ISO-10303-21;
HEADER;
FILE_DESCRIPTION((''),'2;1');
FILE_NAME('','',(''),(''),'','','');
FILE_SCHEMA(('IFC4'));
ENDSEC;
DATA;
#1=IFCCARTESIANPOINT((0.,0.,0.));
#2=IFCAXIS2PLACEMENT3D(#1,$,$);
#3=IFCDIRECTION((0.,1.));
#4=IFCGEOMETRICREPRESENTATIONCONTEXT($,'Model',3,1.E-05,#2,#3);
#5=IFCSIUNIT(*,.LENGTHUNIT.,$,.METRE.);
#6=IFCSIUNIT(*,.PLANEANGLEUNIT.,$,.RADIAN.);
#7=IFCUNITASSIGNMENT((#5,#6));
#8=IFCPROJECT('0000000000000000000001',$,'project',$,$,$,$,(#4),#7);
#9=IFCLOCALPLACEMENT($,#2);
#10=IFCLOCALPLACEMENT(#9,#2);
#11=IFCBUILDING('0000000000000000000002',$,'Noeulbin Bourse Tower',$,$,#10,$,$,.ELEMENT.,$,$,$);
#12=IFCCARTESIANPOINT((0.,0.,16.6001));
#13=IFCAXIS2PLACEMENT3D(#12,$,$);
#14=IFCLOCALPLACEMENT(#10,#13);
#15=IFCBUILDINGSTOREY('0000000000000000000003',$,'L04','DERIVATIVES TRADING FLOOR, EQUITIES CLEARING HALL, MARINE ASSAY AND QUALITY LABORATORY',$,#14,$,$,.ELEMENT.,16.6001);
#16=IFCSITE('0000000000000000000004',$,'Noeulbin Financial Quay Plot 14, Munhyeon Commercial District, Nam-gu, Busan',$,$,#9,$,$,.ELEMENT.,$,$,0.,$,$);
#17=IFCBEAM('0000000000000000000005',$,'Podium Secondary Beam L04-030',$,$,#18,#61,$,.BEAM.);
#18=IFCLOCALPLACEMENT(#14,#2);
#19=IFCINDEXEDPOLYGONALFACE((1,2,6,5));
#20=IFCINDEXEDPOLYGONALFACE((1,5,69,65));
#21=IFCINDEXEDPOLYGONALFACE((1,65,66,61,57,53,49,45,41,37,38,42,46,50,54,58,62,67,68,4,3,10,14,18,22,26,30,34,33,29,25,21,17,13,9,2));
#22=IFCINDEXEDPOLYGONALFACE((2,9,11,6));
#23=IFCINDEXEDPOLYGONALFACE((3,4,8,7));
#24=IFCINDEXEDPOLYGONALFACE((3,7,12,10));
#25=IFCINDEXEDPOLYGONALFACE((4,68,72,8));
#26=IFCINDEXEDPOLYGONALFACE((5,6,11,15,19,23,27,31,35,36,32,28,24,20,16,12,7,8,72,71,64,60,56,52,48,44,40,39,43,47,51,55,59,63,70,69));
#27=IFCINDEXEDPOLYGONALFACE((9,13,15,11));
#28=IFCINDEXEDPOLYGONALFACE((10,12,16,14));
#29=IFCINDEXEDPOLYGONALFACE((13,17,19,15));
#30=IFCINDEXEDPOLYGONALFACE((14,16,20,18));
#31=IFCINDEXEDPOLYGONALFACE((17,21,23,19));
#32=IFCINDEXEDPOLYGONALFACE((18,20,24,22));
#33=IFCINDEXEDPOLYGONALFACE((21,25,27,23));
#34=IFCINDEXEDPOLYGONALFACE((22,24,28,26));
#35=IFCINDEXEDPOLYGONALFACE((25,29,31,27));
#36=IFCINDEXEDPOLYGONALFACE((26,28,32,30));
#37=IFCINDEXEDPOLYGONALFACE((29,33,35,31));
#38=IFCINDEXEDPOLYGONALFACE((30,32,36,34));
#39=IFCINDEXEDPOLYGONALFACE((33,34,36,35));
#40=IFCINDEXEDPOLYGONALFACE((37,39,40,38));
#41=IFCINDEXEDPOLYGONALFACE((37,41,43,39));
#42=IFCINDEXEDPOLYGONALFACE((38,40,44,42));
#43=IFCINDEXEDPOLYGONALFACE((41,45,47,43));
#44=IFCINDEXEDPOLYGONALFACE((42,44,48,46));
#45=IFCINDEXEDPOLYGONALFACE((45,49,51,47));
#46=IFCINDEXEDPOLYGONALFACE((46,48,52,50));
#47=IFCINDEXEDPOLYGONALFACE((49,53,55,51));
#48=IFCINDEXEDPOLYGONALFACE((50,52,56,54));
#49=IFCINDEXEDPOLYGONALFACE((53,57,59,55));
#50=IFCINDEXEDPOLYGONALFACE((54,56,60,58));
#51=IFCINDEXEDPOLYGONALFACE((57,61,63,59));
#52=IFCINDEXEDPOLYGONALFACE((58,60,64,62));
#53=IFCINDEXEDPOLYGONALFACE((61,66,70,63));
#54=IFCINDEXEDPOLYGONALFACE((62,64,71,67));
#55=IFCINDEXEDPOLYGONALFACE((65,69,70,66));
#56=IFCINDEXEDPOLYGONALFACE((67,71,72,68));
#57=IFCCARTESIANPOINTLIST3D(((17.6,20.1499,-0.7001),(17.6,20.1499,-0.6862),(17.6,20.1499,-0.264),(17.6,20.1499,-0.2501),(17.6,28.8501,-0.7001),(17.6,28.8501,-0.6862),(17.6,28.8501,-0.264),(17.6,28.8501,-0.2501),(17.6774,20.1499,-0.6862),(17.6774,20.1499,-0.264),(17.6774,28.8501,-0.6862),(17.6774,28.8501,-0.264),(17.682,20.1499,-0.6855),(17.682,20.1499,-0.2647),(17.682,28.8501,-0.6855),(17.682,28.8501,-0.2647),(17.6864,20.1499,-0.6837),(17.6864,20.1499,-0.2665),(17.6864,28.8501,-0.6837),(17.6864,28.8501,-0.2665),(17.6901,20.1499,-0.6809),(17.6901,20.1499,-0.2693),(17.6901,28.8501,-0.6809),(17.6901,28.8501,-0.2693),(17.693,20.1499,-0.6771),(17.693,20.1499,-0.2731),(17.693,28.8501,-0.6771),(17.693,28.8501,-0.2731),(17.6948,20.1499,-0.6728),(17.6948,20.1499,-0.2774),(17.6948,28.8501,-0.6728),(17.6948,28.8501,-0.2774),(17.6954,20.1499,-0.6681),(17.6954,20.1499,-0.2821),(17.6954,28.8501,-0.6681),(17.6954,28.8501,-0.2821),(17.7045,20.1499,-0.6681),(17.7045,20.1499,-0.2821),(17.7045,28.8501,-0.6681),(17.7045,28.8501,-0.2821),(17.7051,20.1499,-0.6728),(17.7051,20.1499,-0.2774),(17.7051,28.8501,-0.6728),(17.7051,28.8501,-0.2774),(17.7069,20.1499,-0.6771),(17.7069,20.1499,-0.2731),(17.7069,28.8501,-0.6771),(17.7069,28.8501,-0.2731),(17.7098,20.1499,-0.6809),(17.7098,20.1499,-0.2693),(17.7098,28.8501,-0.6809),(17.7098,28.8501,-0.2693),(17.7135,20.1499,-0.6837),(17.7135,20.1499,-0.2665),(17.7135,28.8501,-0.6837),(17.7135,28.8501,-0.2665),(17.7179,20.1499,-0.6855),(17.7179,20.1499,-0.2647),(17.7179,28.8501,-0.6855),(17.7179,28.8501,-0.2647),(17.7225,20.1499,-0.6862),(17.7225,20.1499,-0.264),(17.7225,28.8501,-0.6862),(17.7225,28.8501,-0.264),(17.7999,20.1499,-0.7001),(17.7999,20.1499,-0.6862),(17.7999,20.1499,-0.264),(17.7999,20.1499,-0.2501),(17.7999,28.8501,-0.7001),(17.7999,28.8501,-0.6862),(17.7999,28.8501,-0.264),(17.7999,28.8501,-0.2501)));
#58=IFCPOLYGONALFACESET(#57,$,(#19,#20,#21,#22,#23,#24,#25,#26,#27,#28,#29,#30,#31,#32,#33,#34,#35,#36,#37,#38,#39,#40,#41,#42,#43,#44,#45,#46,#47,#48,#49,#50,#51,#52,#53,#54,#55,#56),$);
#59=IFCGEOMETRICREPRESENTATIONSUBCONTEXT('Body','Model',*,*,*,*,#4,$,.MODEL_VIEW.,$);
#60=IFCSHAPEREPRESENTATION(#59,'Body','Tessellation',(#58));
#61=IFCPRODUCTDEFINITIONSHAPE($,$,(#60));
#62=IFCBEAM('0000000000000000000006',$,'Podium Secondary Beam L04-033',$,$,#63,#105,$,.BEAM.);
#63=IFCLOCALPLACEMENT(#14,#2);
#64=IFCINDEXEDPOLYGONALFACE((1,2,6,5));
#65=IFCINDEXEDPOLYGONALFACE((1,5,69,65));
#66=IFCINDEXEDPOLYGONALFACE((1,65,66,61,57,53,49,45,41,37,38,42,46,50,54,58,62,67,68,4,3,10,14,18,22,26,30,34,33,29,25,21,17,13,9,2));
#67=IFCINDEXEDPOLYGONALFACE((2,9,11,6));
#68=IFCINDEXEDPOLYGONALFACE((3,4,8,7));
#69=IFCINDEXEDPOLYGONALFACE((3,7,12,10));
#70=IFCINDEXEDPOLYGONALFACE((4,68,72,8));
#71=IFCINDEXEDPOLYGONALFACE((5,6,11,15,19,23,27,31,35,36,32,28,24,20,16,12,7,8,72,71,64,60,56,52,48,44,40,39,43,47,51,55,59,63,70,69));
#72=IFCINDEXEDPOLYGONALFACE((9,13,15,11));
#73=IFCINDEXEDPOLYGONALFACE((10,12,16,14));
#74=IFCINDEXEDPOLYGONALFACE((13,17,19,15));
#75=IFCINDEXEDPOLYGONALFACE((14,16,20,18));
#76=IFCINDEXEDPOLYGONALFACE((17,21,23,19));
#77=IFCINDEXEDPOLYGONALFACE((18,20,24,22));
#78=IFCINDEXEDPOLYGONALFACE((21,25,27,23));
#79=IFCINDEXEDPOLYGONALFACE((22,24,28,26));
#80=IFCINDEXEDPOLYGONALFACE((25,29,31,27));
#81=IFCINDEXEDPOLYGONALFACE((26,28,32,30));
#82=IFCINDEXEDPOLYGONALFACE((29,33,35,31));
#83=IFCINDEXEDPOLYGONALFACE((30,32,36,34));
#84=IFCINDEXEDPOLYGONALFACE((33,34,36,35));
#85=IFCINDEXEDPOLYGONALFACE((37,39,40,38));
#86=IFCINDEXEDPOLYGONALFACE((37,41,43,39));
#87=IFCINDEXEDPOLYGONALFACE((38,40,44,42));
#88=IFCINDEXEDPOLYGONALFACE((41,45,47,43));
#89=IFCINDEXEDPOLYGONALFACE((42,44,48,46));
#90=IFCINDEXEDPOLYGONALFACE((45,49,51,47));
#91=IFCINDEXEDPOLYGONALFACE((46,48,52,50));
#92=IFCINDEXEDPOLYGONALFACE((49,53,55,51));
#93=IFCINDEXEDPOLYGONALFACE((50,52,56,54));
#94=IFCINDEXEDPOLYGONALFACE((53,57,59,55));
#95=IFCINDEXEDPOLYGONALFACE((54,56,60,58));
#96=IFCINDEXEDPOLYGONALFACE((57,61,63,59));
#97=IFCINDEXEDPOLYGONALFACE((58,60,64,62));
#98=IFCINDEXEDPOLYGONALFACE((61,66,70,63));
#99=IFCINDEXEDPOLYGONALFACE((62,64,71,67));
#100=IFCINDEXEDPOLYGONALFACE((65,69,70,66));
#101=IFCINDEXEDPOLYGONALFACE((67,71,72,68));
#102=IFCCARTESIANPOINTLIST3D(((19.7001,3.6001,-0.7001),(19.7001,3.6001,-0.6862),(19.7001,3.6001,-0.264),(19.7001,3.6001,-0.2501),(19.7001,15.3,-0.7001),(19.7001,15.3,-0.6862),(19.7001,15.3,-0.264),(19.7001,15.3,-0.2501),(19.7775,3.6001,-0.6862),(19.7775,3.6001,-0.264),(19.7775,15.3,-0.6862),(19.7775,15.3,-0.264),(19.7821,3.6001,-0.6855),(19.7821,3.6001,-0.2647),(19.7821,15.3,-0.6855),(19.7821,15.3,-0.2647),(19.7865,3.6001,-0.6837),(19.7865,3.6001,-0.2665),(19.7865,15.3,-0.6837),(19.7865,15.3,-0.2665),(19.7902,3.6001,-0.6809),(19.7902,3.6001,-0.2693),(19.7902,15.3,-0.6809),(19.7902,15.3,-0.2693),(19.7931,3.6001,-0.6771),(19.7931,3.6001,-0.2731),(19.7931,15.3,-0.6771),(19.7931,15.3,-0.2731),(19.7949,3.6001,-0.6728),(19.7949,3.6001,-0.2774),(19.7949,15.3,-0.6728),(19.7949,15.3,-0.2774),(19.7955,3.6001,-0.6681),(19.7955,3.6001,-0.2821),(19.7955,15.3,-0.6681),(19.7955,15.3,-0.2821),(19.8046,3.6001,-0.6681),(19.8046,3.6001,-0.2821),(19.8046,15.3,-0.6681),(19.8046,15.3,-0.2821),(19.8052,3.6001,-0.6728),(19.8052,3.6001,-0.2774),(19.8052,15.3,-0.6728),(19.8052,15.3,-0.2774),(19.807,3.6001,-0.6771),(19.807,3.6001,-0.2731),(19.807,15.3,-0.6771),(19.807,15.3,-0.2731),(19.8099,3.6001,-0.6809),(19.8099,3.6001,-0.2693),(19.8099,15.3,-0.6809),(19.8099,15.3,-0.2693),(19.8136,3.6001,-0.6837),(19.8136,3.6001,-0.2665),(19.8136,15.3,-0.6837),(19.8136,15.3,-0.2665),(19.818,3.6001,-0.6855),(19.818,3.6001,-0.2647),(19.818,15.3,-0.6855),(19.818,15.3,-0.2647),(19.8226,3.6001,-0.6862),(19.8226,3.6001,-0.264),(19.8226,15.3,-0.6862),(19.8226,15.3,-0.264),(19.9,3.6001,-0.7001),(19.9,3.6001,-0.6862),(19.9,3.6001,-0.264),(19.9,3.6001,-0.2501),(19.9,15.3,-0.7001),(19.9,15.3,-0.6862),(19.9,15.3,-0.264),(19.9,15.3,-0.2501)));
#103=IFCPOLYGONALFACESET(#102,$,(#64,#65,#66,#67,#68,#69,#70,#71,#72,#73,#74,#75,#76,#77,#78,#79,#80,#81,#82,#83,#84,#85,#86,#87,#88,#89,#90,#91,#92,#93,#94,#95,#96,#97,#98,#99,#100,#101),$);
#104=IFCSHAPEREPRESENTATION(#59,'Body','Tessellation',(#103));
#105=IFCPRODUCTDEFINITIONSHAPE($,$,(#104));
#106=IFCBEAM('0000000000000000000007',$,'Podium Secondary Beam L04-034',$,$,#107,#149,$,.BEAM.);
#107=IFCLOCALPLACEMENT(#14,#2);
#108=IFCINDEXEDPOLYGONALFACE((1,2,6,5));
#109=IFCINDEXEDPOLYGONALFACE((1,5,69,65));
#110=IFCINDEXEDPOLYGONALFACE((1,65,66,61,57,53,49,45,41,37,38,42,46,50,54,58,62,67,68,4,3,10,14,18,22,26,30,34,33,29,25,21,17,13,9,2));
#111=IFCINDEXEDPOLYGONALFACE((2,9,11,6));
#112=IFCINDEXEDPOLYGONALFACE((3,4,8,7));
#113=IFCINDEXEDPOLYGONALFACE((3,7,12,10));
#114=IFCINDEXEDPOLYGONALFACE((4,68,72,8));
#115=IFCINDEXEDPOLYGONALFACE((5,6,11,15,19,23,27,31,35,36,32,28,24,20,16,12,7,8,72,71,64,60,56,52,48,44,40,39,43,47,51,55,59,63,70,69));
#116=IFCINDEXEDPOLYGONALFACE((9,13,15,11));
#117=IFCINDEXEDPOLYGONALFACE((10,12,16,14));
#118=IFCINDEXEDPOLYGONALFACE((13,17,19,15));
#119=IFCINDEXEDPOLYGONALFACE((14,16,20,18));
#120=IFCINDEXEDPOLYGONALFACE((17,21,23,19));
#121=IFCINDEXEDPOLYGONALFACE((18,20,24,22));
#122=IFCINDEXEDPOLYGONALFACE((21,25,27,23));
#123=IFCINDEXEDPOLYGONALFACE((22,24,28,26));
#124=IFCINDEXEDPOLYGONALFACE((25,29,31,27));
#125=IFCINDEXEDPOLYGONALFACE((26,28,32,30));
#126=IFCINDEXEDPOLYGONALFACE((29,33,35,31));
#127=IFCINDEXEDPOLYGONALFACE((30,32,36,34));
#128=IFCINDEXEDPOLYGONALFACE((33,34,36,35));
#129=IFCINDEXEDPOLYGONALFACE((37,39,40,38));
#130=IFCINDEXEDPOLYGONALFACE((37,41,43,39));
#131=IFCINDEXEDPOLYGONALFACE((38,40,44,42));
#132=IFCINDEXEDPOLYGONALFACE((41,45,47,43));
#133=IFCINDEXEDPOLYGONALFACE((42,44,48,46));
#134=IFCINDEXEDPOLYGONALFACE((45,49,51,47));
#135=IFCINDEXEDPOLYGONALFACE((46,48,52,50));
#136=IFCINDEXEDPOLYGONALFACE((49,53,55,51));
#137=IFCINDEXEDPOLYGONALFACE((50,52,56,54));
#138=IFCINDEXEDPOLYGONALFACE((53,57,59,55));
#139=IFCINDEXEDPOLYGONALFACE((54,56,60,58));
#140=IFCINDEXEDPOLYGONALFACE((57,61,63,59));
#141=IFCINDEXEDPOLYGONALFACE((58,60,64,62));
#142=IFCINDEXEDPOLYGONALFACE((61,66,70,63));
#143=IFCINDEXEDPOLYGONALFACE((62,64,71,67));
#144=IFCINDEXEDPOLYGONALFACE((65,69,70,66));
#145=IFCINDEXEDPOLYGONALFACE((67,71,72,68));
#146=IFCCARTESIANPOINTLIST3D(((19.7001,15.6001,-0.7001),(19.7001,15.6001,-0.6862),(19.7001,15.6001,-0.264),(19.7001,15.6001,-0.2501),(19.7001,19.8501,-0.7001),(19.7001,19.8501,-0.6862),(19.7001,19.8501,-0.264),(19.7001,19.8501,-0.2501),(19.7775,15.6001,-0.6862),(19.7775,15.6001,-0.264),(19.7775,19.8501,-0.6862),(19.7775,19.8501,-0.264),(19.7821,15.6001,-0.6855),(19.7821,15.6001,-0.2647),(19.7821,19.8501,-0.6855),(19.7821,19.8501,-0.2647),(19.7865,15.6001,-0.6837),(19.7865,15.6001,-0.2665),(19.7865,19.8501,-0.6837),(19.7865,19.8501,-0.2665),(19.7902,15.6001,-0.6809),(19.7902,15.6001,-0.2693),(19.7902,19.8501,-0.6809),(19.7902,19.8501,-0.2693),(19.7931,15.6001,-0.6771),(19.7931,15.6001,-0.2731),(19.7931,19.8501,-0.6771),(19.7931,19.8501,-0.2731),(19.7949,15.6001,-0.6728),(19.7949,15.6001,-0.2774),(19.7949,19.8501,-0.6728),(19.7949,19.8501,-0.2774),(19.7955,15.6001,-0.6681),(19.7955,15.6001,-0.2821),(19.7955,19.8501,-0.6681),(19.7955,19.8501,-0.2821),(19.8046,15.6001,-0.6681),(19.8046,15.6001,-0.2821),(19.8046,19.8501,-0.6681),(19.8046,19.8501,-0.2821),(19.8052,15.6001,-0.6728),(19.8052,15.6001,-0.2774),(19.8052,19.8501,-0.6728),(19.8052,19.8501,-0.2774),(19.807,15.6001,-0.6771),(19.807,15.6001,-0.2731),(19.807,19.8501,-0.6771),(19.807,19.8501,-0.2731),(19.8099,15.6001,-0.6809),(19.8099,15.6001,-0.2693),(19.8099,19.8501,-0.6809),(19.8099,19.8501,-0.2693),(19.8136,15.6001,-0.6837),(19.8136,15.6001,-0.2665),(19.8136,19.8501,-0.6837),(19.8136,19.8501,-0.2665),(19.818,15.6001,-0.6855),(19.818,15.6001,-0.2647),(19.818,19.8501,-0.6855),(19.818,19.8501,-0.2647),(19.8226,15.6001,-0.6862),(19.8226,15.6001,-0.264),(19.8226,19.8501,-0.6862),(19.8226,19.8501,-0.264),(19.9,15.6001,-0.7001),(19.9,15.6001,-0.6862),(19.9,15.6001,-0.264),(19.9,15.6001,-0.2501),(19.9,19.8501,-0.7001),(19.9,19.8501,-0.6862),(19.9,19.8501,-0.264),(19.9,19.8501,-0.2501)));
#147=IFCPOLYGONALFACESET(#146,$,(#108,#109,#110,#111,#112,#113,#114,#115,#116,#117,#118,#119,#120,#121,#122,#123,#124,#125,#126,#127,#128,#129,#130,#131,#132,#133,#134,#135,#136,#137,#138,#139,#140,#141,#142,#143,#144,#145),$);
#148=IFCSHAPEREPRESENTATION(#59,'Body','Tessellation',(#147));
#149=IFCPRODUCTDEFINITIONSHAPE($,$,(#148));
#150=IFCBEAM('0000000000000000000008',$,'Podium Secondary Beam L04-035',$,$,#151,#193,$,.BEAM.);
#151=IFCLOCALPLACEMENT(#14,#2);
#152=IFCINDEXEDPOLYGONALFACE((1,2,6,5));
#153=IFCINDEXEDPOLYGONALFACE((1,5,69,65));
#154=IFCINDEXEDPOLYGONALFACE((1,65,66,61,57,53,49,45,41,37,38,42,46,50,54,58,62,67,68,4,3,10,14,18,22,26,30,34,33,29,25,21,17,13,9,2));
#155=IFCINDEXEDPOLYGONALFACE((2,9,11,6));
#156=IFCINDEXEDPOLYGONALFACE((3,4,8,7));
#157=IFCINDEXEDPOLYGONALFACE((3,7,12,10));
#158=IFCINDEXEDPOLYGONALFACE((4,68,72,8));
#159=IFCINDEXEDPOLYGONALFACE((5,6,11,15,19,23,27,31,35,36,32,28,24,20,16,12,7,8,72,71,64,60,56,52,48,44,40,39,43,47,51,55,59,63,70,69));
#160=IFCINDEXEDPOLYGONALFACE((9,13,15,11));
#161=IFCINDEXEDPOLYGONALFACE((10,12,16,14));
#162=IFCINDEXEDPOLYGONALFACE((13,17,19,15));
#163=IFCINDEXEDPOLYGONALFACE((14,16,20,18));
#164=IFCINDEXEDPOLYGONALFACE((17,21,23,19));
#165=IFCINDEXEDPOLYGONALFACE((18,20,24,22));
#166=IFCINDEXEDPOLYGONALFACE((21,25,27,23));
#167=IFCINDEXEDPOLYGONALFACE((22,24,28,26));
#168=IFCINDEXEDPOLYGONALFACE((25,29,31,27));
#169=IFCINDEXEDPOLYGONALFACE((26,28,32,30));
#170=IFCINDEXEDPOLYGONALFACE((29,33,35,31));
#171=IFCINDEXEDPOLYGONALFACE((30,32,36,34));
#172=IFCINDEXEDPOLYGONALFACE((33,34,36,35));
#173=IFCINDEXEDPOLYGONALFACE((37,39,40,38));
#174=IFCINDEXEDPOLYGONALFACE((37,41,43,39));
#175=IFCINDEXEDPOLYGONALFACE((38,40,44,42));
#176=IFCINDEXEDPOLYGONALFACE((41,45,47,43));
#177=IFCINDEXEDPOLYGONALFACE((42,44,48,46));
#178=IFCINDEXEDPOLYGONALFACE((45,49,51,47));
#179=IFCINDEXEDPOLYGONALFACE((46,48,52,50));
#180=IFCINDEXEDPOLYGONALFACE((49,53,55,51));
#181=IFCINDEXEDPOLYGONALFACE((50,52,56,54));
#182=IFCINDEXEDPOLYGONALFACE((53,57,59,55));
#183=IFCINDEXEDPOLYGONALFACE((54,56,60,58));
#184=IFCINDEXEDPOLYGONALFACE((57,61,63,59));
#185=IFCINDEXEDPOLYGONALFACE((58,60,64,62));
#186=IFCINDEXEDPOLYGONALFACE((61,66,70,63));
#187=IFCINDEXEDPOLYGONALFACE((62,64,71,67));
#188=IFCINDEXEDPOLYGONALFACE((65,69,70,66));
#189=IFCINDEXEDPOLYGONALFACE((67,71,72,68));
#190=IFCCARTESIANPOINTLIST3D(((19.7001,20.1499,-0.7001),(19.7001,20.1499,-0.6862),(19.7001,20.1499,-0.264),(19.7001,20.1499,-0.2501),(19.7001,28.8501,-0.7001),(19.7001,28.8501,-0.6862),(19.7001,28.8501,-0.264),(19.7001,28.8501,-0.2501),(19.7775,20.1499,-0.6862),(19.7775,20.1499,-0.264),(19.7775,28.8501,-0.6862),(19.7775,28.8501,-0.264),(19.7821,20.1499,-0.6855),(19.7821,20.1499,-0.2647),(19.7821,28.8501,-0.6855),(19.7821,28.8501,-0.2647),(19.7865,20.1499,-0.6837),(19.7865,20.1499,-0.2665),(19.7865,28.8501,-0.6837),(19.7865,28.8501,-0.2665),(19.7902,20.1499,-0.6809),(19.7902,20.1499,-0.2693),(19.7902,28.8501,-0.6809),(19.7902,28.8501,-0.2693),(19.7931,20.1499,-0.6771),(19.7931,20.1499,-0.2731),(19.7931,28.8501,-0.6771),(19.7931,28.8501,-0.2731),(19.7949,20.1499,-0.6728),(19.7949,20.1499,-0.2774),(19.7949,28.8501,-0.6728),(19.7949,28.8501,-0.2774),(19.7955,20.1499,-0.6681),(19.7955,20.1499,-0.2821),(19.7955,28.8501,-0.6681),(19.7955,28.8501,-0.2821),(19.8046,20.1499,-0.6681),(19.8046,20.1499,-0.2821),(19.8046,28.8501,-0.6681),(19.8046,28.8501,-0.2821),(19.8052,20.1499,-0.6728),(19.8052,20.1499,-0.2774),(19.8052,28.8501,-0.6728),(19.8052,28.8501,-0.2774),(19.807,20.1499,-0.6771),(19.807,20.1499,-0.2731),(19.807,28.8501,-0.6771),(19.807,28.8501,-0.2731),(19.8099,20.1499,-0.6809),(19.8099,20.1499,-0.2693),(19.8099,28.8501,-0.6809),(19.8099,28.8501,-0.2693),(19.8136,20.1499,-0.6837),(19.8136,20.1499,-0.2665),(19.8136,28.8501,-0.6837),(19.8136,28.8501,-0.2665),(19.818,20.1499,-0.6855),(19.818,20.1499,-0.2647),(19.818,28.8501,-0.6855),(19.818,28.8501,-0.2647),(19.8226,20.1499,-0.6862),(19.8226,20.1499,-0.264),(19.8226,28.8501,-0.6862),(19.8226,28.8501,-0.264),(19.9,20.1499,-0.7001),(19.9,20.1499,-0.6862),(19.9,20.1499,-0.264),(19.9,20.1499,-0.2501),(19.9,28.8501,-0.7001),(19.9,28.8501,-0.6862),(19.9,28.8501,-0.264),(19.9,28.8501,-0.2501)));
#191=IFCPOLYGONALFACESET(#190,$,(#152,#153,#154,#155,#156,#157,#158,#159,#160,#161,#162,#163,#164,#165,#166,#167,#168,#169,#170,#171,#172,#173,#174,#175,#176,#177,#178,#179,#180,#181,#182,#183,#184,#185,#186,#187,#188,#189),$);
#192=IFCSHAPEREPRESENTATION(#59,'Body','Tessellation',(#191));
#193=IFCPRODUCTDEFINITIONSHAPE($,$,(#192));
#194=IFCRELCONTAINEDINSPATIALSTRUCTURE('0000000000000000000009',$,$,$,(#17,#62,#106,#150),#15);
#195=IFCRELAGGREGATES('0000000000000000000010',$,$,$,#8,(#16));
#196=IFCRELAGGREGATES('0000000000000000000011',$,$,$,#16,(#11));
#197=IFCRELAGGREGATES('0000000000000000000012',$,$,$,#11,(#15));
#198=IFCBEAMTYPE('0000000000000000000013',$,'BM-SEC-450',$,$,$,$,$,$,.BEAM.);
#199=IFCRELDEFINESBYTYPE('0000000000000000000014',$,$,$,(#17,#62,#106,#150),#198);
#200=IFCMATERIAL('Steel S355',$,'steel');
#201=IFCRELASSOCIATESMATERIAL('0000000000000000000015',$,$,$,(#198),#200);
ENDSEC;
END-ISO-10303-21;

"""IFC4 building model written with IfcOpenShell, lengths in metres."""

from ifc_helpers import new_model, si_unit, direction, frame, origin, origin_2d, place, context, subcontext, project, spatial, i_section, extrude, material, material_profile, profile_set, type_object, element, save


model = new_model("IFC4")

# Units and contexts
model_context = context("Model", 3, precision=1e-05, world=origin(), true_north=direction((0.0, 1.0)))
body_context = subcontext(model_context, "Body", "Model", "MODEL_VIEW")
ifc_project = project(units=[si_unit("LENGTHUNIT", "METRE"), si_unit("PLANEANGLEUNIT", "RADIAN")], contexts=[model_context])

# Site, building, storey
site_placement = place(None, origin())
site = spatial("IfcSite", under=ifc_project, at=site_placement, Name="Noeulbin Financial Quay Plot 14, Munhyeon Commercial District, Nam-gu, Busan", CompositionType="ELEMENT", RefElevation=0.0)
building_placement = place(site_placement, origin())
building = spatial("IfcBuilding", under=site, at=building_placement, Name="Noeulbin Bourse Tower", CompositionType="ELEMENT")
storey_placement = place(building_placement, frame((0.0, 0.0, 16.6001)))
storey = spatial("IfcBuildingStorey", under=building, at=storey_placement, Name="L04", Description="DERIVATIVES TRADING FLOOR, EQUITIES CLEARING HALL, MARINE ASSAY AND QUALITY LABORATORY", CompositionType="ELEMENT", Elevation=16.6001)

# Beams
ifc_material_1 = material(Name="Steel S355", Category="steel")
ifc_material_profile_1 = material_profile(ifc_material_1, i_section(OverallWidth=0.2, OverallDepth=0.45, WebThickness=0.009, FlangeThickness=0.0139, FilletRadius=0.0181, at=origin_2d()), Name="H-450x200x9x14", Category="LoadBearing")
ifc_profile_set_1 = profile_set([ifc_material_profile_1], Name="Steel S355")
beam_type_1 = type_object("IfcBeamType", Name="BM-SEC-450", PredefinedType="BEAM", material=ifc_profile_set_1)
beam_1_placement = place(storey_placement, frame((17.7, 20.1499, -0.4751), z_axis=(0.0, 1.0, 0.0), x_axis=(-1.0, 0.0, 0.0)))
element("IfcBeam", 1, at=beam_1_placement, inside=storey, type_object=beam_type_1, Name="Podium Secondary Beam L04-030", PredefinedType="BEAM", context=body_context, shape_type="SweptSolid", body=[
    extrude(i_section(OverallWidth=0.2, OverallDepth=0.45, WebThickness=0.009, FlangeThickness=0.0139, FilletRadius=0.0181, at=origin_2d()), origin(), (0.0, 0.0, 1.0), 8.7002),
])
beam_2_placement = place(storey_placement, frame((19.8, 3.6001, -0.4751), z_axis=(0.0, 1.0, 0.0), x_axis=(-1.0, 0.0, 0.0)))
element("IfcBeam", 2, at=beam_2_placement, inside=storey, type_object=beam_type_1, Name="Podium Secondary Beam L04-033", PredefinedType="BEAM", context=body_context, shape_type="SweptSolid", body=[
    extrude(i_section(OverallWidth=0.2, OverallDepth=0.45, WebThickness=0.009, FlangeThickness=0.0139, FilletRadius=0.0181, at=origin_2d()), origin(), (0.0, 0.0, 1.0), 11.7),
])
beam_3_placement = place(storey_placement, frame((19.8, 15.6001, -0.4751), z_axis=(0.0, 1.0, 0.0), x_axis=(-1.0, 0.0, 0.0)))
element("IfcBeam", 3, at=beam_3_placement, inside=storey, type_object=beam_type_1, Name="Podium Secondary Beam L04-034", PredefinedType="BEAM", context=body_context, shape_type="SweptSolid", body=[
    extrude(i_section(OverallWidth=0.2, OverallDepth=0.45, WebThickness=0.009, FlangeThickness=0.0139, FilletRadius=0.0181, at=origin_2d()), origin(), (0.0, 0.0, 1.0), 4.25),
])
beam_4_placement = place(storey_placement, frame((19.8, 20.1499, -0.4751), z_axis=(0.0, 1.0, 0.0), x_axis=(-1.0, 0.0, 0.0)))
element("IfcBeam", 4, at=beam_4_placement, inside=storey, type_object=beam_type_1, Name="Podium Secondary Beam L04-035", PredefinedType="BEAM", context=body_context, shape_type="SweptSolid", body=[
    extrude(i_section(OverallWidth=0.2, OverallDepth=0.45, WebThickness=0.009, FlangeThickness=0.0139, FilletRadius=0.0181, at=origin_2d()), origin(), (0.0, 0.0, 1.0), 8.7002),
])

save(model, "model.ifc")
